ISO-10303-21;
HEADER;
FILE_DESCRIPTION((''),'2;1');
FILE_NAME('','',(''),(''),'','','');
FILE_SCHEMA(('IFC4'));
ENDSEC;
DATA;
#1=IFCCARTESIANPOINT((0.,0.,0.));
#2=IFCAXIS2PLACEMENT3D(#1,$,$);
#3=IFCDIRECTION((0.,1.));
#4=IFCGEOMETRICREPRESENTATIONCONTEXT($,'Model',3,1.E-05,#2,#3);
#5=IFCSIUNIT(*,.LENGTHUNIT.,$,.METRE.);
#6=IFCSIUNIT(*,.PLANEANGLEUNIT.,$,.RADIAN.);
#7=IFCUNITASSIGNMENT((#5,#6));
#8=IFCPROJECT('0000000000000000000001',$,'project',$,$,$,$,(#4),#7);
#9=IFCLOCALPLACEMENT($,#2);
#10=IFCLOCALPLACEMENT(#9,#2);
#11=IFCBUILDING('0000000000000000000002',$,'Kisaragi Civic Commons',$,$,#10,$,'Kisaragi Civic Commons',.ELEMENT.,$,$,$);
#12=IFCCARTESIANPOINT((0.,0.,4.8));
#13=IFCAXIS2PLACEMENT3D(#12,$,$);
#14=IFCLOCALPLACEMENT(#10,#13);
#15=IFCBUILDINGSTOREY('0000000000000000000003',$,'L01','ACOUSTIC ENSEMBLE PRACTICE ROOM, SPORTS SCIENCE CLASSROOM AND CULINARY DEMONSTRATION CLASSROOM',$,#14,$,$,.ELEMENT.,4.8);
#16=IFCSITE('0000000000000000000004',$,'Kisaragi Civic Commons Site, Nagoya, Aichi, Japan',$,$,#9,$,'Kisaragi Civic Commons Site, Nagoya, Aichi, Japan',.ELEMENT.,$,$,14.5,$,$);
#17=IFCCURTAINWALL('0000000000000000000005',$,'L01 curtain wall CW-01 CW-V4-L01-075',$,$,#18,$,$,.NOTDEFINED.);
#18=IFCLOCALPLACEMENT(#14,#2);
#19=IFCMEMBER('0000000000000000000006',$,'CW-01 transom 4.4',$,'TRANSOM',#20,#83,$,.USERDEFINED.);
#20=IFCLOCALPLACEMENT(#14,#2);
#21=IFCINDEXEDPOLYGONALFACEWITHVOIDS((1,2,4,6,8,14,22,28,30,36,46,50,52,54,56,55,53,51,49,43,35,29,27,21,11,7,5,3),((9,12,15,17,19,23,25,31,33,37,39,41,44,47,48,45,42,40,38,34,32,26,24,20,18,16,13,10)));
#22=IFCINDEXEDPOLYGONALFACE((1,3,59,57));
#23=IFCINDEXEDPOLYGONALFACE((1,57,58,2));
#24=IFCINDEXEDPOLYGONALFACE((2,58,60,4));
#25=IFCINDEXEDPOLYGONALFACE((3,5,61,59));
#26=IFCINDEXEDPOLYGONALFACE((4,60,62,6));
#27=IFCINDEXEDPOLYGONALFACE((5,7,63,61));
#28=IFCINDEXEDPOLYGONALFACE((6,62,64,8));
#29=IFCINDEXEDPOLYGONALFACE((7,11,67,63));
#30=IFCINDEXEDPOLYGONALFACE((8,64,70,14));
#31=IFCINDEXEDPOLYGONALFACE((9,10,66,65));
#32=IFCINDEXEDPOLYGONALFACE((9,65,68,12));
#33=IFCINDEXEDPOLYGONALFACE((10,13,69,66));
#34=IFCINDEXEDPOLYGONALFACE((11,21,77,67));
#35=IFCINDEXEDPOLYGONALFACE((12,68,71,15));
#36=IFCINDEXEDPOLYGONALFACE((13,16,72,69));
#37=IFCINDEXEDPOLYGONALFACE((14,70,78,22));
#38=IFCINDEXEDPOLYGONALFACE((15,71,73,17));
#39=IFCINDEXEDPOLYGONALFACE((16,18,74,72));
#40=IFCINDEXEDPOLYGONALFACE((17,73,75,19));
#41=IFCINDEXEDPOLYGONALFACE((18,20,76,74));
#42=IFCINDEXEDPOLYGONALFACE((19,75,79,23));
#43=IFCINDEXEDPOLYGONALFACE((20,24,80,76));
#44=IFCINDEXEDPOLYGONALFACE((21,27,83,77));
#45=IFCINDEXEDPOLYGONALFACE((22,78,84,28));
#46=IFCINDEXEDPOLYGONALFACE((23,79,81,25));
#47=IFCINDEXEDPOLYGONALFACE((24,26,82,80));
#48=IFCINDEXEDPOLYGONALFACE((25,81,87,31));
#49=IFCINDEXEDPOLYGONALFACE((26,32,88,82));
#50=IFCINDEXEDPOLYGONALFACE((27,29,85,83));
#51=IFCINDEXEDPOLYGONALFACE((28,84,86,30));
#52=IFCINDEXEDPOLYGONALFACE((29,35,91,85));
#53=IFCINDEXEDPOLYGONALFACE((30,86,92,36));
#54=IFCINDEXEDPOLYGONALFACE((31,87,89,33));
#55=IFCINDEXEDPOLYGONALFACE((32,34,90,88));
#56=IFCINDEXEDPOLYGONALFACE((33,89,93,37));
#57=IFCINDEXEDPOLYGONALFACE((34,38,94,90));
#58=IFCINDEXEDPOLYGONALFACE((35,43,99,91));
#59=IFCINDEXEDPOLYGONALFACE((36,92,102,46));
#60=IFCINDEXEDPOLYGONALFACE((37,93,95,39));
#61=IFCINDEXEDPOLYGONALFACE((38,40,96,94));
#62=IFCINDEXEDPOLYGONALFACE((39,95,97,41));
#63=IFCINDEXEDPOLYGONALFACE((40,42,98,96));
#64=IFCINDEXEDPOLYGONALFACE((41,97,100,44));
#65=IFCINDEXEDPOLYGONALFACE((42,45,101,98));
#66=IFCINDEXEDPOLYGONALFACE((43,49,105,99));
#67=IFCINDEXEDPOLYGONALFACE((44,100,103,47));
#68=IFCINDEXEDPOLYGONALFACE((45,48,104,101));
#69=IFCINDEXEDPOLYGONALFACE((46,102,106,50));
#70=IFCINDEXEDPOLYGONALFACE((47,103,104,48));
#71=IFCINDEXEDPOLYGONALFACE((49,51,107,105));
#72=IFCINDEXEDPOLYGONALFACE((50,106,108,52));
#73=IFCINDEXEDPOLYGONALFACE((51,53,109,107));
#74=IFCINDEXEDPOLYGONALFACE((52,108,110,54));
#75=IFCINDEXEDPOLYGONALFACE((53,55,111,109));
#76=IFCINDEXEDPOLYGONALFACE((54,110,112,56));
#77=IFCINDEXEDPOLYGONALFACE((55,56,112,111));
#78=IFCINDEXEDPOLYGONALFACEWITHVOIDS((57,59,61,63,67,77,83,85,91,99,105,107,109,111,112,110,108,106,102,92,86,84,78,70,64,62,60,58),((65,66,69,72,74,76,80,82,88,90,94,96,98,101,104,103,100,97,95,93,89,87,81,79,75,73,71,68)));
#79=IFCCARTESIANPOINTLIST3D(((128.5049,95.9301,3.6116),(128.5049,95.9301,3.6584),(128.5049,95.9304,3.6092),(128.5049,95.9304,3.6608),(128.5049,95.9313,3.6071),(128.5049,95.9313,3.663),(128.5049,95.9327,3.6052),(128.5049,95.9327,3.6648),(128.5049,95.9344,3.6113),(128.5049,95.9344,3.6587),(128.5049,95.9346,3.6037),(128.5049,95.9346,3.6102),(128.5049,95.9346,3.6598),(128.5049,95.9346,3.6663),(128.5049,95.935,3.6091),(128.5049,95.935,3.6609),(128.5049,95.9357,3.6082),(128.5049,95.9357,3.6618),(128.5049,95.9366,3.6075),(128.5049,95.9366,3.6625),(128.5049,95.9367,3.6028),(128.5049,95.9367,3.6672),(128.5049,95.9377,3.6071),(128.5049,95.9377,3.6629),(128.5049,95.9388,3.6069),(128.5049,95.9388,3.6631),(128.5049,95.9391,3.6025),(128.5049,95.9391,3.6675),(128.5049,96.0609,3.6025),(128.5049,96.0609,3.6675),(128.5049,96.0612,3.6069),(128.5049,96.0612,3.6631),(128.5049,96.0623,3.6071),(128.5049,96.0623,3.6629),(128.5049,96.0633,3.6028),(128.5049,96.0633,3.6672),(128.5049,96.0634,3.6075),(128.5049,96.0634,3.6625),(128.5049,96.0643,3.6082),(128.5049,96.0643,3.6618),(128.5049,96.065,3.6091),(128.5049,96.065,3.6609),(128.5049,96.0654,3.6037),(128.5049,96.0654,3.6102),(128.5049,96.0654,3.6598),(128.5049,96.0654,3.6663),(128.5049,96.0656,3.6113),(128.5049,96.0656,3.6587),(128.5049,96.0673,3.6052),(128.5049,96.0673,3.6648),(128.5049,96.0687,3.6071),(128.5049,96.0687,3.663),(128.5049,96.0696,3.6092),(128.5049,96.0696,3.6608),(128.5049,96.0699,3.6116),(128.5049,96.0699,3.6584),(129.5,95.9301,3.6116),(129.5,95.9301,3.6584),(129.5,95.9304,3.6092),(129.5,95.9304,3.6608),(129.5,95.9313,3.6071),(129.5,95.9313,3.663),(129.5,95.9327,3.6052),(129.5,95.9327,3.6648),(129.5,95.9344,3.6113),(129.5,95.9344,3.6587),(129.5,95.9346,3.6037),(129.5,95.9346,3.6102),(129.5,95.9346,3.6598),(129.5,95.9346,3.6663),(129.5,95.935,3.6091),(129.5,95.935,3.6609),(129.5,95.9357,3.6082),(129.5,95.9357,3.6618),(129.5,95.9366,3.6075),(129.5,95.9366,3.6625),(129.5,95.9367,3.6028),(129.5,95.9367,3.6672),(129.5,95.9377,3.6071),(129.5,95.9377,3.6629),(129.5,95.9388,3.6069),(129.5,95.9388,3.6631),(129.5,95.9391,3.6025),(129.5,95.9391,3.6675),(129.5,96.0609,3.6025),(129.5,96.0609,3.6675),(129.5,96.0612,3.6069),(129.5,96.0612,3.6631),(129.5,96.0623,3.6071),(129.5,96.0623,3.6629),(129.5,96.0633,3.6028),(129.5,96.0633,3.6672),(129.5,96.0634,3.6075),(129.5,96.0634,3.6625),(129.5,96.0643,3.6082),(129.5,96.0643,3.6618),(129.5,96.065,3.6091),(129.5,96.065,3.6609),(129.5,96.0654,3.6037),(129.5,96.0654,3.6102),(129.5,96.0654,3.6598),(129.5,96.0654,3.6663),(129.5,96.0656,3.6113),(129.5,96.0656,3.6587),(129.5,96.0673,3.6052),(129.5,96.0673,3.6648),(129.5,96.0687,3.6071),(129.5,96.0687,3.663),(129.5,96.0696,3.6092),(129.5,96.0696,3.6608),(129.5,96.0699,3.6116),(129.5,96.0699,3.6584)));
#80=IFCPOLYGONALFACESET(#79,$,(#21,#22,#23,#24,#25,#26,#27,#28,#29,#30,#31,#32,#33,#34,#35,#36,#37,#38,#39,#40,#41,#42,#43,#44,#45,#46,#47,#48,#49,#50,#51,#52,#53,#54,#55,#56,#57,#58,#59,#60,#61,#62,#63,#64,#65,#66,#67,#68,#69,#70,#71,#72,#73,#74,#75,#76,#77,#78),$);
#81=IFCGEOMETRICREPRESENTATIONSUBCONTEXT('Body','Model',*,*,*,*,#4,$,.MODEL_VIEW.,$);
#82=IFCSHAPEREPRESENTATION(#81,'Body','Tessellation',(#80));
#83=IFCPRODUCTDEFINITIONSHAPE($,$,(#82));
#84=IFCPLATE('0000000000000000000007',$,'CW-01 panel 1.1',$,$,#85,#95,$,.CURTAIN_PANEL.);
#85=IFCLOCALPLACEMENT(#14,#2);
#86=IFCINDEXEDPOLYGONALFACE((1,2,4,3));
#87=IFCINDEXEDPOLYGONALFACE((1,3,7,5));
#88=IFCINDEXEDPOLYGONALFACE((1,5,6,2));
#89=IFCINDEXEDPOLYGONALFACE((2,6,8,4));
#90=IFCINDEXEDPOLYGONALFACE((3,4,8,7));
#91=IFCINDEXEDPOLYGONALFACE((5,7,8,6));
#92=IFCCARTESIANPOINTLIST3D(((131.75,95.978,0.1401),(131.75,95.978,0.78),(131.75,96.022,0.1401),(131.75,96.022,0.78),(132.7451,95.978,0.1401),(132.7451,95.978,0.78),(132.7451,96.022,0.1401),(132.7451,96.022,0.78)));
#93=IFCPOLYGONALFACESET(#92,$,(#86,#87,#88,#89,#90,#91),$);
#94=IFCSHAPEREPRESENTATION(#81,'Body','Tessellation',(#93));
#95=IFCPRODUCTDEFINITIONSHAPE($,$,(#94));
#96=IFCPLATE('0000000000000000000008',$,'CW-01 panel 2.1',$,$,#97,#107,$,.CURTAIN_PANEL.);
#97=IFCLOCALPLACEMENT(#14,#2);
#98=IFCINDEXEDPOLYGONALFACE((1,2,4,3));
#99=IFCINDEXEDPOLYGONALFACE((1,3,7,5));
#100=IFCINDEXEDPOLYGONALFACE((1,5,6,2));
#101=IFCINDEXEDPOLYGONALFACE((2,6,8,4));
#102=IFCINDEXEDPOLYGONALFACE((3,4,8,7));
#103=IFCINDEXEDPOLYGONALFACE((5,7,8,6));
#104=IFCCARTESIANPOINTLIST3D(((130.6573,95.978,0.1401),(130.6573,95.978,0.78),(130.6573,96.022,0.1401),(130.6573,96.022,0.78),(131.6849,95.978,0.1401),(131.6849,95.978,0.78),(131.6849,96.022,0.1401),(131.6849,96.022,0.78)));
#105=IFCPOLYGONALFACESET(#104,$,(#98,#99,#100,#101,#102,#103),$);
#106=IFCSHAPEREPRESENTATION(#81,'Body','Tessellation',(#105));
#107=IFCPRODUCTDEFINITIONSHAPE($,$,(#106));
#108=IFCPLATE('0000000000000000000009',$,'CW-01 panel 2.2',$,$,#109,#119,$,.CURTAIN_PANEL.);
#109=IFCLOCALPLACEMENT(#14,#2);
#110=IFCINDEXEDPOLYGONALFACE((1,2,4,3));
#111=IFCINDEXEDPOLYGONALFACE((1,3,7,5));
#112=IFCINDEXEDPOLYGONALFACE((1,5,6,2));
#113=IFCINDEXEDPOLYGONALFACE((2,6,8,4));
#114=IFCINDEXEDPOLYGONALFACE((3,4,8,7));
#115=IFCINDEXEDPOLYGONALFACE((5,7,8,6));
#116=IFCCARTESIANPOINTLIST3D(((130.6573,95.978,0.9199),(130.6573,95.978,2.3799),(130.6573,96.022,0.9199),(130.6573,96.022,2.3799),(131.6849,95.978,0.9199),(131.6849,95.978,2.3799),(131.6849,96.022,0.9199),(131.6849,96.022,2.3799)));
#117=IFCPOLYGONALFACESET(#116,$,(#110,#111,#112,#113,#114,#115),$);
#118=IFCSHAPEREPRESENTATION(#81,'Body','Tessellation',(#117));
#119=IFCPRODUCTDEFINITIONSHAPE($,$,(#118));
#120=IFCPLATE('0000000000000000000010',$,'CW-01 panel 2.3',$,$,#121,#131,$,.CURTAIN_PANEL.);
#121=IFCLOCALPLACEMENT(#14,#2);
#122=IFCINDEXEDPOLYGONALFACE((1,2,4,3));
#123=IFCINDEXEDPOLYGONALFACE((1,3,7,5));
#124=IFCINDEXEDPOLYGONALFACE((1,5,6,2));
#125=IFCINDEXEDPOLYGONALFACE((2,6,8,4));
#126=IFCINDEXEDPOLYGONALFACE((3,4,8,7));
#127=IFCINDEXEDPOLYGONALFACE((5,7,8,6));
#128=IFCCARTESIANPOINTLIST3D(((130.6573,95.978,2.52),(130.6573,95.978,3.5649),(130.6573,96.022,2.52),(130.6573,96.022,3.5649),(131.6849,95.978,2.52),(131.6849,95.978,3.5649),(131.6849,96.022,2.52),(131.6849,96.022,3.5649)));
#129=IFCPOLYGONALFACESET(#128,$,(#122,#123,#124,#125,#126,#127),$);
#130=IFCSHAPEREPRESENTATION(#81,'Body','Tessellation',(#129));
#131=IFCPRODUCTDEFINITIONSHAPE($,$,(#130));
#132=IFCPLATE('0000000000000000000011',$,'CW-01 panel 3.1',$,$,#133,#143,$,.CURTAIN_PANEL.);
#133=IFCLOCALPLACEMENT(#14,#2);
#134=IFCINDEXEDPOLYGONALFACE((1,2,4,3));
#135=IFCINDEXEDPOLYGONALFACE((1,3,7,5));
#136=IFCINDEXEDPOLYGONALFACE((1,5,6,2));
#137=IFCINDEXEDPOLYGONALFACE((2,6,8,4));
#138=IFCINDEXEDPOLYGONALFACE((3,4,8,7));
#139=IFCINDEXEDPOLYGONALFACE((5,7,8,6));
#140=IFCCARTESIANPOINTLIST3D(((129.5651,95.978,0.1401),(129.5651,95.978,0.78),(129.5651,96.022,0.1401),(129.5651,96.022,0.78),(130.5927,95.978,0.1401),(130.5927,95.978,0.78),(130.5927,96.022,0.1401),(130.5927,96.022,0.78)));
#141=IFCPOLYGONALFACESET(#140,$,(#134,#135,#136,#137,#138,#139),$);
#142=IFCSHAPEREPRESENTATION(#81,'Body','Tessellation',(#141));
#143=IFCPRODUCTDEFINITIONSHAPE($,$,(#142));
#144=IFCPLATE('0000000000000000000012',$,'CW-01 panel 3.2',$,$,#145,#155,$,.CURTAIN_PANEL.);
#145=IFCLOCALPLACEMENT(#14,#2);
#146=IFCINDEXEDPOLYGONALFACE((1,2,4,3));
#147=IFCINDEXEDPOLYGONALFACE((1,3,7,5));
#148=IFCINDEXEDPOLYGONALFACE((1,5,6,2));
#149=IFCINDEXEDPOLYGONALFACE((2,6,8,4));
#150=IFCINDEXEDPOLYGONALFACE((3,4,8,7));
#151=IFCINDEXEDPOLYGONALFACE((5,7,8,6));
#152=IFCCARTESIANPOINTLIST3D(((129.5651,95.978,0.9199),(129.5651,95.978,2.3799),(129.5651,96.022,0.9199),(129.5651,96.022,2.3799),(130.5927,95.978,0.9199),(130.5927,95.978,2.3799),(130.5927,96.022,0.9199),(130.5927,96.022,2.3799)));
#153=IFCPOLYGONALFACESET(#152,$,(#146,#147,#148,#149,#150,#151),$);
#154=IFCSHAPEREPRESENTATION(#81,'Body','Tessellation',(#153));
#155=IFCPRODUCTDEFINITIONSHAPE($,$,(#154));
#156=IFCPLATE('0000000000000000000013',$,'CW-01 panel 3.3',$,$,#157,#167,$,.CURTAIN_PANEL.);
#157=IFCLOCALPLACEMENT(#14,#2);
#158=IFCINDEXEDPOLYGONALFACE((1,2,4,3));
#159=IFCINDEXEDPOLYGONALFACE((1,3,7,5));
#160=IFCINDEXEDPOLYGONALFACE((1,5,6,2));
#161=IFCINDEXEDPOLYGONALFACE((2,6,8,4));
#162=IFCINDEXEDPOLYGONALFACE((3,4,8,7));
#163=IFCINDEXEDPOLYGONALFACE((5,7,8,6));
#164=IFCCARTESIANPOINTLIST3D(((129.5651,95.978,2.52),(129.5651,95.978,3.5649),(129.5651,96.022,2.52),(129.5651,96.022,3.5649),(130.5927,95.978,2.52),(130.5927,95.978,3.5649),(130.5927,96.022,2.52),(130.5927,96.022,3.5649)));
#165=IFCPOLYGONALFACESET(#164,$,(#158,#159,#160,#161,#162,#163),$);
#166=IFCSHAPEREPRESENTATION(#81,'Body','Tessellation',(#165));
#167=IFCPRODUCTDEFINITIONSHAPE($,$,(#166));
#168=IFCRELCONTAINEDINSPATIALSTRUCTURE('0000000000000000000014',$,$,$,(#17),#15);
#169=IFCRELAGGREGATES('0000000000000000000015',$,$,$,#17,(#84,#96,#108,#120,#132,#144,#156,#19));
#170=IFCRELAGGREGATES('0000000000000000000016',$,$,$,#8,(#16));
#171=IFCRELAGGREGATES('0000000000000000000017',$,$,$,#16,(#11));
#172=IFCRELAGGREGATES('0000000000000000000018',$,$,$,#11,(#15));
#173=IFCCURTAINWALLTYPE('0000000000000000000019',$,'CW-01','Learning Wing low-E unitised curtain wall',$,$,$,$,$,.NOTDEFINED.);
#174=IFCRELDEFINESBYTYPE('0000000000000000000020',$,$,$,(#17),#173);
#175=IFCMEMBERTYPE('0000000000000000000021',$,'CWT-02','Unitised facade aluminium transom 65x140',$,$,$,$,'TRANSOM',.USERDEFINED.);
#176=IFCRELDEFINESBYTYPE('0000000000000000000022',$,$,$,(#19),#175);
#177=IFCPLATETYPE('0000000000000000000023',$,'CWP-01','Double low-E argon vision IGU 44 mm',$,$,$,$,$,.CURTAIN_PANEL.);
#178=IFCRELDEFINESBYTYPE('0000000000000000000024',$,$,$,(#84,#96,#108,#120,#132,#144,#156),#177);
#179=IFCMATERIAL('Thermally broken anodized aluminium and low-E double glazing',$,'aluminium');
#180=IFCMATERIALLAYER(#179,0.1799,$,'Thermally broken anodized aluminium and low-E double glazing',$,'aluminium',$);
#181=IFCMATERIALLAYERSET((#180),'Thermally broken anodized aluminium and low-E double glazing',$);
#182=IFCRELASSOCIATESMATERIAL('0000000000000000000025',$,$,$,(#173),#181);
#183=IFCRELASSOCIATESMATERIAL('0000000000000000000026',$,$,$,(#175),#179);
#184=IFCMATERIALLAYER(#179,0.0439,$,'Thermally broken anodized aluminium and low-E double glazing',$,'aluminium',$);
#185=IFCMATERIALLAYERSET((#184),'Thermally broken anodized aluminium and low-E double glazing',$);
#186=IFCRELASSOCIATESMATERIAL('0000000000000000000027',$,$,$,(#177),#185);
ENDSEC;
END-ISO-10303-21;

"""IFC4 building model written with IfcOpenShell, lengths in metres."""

from ifc_helpers import new_model, si_unit, direction, frame, origin, origin_2d, place, context, subcontext, project, spatial, rectangle, hollow_rectangle, extrude, material, layer, layer_set, material_profile, profile_set, type_object, element, aggregate, save


model = new_model("IFC4")

# Units and contexts
model_context = context("Model", 3, precision=1e-05, world=origin(), true_north=direction((0.0, 1.0)))
body_context = subcontext(model_context, "Body", "Model", "MODEL_VIEW")
ifc_project = project(units=[si_unit("LENGTHUNIT", "METRE"), si_unit("PLANEANGLEUNIT", "RADIAN")], contexts=[model_context])

# Site, building, storey
site_placement = place(None, origin())
site = spatial("IfcSite", under=ifc_project, at=site_placement, Name="Kisaragi Civic Commons Site, Nagoya, Aichi, Japan", LongName="Kisaragi Civic Commons Site, Nagoya, Aichi, Japan", CompositionType="ELEMENT", RefElevation=14.5)
building_placement = place(site_placement, origin())
building = spatial("IfcBuilding", under=site, at=building_placement, Name="Kisaragi Civic Commons", LongName="Kisaragi Civic Commons", CompositionType="ELEMENT")
storey_placement = place(building_placement, frame((0.0, 0.0, 4.8)))
storey = spatial("IfcBuildingStorey", under=building, at=storey_placement, Name="L01", Description="ACOUSTIC ENSEMBLE PRACTICE ROOM, SPORTS SCIENCE CLASSROOM AND CULINARY DEMONSTRATION CLASSROOM", CompositionType="ELEMENT", Elevation=4.8)

# Curtain wall, member, plates
ifc_material = material(Name="Thermally broken anodized aluminium and low-E double glazing", Category="aluminium")
ifc_layer_1 = layer(ifc_material, 0.1799, Name="Thermally broken anodized aluminium and low-E double glazing", Category="aluminium")
ifc_layer_set_1 = layer_set([ifc_layer_1], Name="Thermally broken anodized aluminium and low-E double glazing")
curtain_wall_type = type_object("IfcCurtainWallType", Name="CW-01", Description="Learning Wing low-E unitised curtain wall", PredefinedType="NOTDEFINED", material=ifc_layer_set_1)
curtain_wall_placement = place(storey_placement, origin())
curtain_wall = element("IfcCurtainWall", 1, at=curtain_wall_placement, inside=storey, type_object=curtain_wall_type, Name="L01 curtain wall CW-01 CW-V4-L01-075", PredefinedType="NOTDEFINED")
ifc_material_profile_1 = material_profile(ifc_material, hollow_rectangle(XDim=0.1399, YDim=0.0649, WallThickness=0.0044, InnerFilletRadius=0.0044, OuterFilletRadius=0.009, at=origin_2d()), Name="CWT-65x140x4.5", Category="aluminium")
ifc_profile_set_1 = profile_set([ifc_material_profile_1], Name="Thermally broken anodized aluminium and low-E double glazing")
member_type_1 = type_object("IfcMemberType", Name="CWT-02", Description="Unitised facade aluminium transom 65x140", ElementType="TRANSOM", PredefinedType="USERDEFINED", material=ifc_profile_set_1)
member_1_placement = place(storey_placement, frame((129.5, 96.0, 3.635), z_axis=(-1.0, 0.0, 0.0), x_axis=(0.0, -1.0, 0.0)))
member_1 = element("IfcMember", 2, at=member_1_placement, type_object=member_type_1, Name="CW-01 transom 4.4", ObjectType="TRANSOM", PredefinedType="USERDEFINED", context=body_context, shape_type="SweptSolid", body=[
    extrude(hollow_rectangle(XDim=0.1399, YDim=0.0649, WallThickness=0.0044, InnerFilletRadius=0.0044, OuterFilletRadius=0.009, at=origin_2d()), origin(), (0.0, 0.0, 1.0), 0.9951),
])
ifc_layer_2 = layer(ifc_material, 0.0439, Name="Thermally broken anodized aluminium and low-E double glazing", Category="aluminium")
ifc_layer_set_2 = layer_set([ifc_layer_2], Name="Thermally broken anodized aluminium and low-E double glazing")
plate_type = type_object("IfcPlateType", Name="CWP-01", Description="Double low-E argon vision IGU 44 mm", PredefinedType="CURTAIN_PANEL", material=ifc_layer_set_2)
plate_1_placement = place(storey_placement, frame((132.2476, 96.0, 0.1401), z_axis=(0.0, 0.0, 1.0), x_axis=(-1.0, 0.0, 0.0)))
plate_1 = element("IfcPlate", 3, at=plate_1_placement, type_object=plate_type, Name="CW-01 panel 1.1", PredefinedType="CURTAIN_PANEL", context=body_context, shape_type="SweptSolid", body=[
    extrude(rectangle(XDim=0.9951, YDim=0.0439, at=origin_2d()), origin(), (0.0, 0.0, 1.0), 0.6399),
])
plate_2_placement = place(storey_placement, frame((131.1711, 96.0, 0.1401), z_axis=(0.0, 0.0, 1.0), x_axis=(-1.0, 0.0, 0.0)))
plate_2 = element("IfcPlate", 4, at=plate_2_placement, type_object=plate_type, Name="CW-01 panel 2.1", PredefinedType="CURTAIN_PANEL", context=body_context, shape_type="SweptSolid", body=[
    extrude(rectangle(XDim=1.0276, YDim=0.0439, at=origin_2d()), origin(), (0.0, 0.0, 1.0), 0.6399),
])
plate_3_placement = place(storey_placement, frame((131.1711, 96.0, 0.9199), z_axis=(0.0, 0.0, 1.0), x_axis=(-1.0, 0.0, 0.0)))
plate_3 = element("IfcPlate", 5, at=plate_3_placement, type_object=plate_type, Name="CW-01 panel 2.2", PredefinedType="CURTAIN_PANEL", context=body_context, shape_type="SweptSolid", body=[
    extrude(rectangle(XDim=1.0276, YDim=0.0439, at=origin_2d()), origin(), (0.0, 0.0, 1.0), 1.46),
])
plate_4_placement = place(storey_placement, frame((131.1711, 96.0, 2.52), z_axis=(0.0, 0.0, 1.0), x_axis=(-1.0, 0.0, 0.0)))
plate_4 = element("IfcPlate", 6, at=plate_4_placement, type_object=plate_type, Name="CW-01 panel 2.3", PredefinedType="CURTAIN_PANEL", context=body_context, shape_type="SweptSolid", body=[
    extrude(rectangle(XDim=1.0276, YDim=0.0439, at=origin_2d()), origin(), (0.0, 0.0, 1.0), 1.0449),
])
plate_5_placement = place(storey_placement, frame((130.0789, 96.0, 0.1401), z_axis=(0.0, 0.0, 1.0), x_axis=(-1.0, 0.0, 0.0)))
plate_5 = element("IfcPlate", 7, at=plate_5_placement, type_object=plate_type, Name="CW-01 panel 3.1", PredefinedType="CURTAIN_PANEL", context=body_context, shape_type="SweptSolid", body=[
    extrude(rectangle(XDim=1.0276, YDim=0.0439, at=origin_2d()), origin(), (0.0, 0.0, 1.0), 0.6399),
])
plate_6_placement = place(storey_placement, frame((130.0789, 96.0, 0.9199), z_axis=(0.0, 0.0, 1.0), x_axis=(-1.0, 0.0, 0.0)))
plate_6 = element("IfcPlate", 8, at=plate_6_placement, type_object=plate_type, Name="CW-01 panel 3.2", PredefinedType="CURTAIN_PANEL", context=body_context, shape_type="SweptSolid", body=[
    extrude(rectangle(XDim=1.0276, YDim=0.0439, at=origin_2d()), origin(), (0.0, 0.0, 1.0), 1.46),
])
plate_7_placement = place(storey_placement, frame((130.0789, 96.0, 2.52), z_axis=(0.0, 0.0, 1.0), x_axis=(-1.0, 0.0, 0.0)))
plate_7 = element("IfcPlate", 9, at=plate_7_placement, type_object=plate_type, Name="CW-01 panel 3.3", PredefinedType="CURTAIN_PANEL", context=body_context, shape_type="SweptSolid", body=[
    extrude(rectangle(XDim=1.0276, YDim=0.0439, at=origin_2d()), origin(), (0.0, 0.0, 1.0), 1.0449),
])
aggregate(curtain_wall, [plate_1, plate_2, plate_3, plate_4, plate_5, plate_6, plate_7, member_1])

save(model, "model.ifc")
